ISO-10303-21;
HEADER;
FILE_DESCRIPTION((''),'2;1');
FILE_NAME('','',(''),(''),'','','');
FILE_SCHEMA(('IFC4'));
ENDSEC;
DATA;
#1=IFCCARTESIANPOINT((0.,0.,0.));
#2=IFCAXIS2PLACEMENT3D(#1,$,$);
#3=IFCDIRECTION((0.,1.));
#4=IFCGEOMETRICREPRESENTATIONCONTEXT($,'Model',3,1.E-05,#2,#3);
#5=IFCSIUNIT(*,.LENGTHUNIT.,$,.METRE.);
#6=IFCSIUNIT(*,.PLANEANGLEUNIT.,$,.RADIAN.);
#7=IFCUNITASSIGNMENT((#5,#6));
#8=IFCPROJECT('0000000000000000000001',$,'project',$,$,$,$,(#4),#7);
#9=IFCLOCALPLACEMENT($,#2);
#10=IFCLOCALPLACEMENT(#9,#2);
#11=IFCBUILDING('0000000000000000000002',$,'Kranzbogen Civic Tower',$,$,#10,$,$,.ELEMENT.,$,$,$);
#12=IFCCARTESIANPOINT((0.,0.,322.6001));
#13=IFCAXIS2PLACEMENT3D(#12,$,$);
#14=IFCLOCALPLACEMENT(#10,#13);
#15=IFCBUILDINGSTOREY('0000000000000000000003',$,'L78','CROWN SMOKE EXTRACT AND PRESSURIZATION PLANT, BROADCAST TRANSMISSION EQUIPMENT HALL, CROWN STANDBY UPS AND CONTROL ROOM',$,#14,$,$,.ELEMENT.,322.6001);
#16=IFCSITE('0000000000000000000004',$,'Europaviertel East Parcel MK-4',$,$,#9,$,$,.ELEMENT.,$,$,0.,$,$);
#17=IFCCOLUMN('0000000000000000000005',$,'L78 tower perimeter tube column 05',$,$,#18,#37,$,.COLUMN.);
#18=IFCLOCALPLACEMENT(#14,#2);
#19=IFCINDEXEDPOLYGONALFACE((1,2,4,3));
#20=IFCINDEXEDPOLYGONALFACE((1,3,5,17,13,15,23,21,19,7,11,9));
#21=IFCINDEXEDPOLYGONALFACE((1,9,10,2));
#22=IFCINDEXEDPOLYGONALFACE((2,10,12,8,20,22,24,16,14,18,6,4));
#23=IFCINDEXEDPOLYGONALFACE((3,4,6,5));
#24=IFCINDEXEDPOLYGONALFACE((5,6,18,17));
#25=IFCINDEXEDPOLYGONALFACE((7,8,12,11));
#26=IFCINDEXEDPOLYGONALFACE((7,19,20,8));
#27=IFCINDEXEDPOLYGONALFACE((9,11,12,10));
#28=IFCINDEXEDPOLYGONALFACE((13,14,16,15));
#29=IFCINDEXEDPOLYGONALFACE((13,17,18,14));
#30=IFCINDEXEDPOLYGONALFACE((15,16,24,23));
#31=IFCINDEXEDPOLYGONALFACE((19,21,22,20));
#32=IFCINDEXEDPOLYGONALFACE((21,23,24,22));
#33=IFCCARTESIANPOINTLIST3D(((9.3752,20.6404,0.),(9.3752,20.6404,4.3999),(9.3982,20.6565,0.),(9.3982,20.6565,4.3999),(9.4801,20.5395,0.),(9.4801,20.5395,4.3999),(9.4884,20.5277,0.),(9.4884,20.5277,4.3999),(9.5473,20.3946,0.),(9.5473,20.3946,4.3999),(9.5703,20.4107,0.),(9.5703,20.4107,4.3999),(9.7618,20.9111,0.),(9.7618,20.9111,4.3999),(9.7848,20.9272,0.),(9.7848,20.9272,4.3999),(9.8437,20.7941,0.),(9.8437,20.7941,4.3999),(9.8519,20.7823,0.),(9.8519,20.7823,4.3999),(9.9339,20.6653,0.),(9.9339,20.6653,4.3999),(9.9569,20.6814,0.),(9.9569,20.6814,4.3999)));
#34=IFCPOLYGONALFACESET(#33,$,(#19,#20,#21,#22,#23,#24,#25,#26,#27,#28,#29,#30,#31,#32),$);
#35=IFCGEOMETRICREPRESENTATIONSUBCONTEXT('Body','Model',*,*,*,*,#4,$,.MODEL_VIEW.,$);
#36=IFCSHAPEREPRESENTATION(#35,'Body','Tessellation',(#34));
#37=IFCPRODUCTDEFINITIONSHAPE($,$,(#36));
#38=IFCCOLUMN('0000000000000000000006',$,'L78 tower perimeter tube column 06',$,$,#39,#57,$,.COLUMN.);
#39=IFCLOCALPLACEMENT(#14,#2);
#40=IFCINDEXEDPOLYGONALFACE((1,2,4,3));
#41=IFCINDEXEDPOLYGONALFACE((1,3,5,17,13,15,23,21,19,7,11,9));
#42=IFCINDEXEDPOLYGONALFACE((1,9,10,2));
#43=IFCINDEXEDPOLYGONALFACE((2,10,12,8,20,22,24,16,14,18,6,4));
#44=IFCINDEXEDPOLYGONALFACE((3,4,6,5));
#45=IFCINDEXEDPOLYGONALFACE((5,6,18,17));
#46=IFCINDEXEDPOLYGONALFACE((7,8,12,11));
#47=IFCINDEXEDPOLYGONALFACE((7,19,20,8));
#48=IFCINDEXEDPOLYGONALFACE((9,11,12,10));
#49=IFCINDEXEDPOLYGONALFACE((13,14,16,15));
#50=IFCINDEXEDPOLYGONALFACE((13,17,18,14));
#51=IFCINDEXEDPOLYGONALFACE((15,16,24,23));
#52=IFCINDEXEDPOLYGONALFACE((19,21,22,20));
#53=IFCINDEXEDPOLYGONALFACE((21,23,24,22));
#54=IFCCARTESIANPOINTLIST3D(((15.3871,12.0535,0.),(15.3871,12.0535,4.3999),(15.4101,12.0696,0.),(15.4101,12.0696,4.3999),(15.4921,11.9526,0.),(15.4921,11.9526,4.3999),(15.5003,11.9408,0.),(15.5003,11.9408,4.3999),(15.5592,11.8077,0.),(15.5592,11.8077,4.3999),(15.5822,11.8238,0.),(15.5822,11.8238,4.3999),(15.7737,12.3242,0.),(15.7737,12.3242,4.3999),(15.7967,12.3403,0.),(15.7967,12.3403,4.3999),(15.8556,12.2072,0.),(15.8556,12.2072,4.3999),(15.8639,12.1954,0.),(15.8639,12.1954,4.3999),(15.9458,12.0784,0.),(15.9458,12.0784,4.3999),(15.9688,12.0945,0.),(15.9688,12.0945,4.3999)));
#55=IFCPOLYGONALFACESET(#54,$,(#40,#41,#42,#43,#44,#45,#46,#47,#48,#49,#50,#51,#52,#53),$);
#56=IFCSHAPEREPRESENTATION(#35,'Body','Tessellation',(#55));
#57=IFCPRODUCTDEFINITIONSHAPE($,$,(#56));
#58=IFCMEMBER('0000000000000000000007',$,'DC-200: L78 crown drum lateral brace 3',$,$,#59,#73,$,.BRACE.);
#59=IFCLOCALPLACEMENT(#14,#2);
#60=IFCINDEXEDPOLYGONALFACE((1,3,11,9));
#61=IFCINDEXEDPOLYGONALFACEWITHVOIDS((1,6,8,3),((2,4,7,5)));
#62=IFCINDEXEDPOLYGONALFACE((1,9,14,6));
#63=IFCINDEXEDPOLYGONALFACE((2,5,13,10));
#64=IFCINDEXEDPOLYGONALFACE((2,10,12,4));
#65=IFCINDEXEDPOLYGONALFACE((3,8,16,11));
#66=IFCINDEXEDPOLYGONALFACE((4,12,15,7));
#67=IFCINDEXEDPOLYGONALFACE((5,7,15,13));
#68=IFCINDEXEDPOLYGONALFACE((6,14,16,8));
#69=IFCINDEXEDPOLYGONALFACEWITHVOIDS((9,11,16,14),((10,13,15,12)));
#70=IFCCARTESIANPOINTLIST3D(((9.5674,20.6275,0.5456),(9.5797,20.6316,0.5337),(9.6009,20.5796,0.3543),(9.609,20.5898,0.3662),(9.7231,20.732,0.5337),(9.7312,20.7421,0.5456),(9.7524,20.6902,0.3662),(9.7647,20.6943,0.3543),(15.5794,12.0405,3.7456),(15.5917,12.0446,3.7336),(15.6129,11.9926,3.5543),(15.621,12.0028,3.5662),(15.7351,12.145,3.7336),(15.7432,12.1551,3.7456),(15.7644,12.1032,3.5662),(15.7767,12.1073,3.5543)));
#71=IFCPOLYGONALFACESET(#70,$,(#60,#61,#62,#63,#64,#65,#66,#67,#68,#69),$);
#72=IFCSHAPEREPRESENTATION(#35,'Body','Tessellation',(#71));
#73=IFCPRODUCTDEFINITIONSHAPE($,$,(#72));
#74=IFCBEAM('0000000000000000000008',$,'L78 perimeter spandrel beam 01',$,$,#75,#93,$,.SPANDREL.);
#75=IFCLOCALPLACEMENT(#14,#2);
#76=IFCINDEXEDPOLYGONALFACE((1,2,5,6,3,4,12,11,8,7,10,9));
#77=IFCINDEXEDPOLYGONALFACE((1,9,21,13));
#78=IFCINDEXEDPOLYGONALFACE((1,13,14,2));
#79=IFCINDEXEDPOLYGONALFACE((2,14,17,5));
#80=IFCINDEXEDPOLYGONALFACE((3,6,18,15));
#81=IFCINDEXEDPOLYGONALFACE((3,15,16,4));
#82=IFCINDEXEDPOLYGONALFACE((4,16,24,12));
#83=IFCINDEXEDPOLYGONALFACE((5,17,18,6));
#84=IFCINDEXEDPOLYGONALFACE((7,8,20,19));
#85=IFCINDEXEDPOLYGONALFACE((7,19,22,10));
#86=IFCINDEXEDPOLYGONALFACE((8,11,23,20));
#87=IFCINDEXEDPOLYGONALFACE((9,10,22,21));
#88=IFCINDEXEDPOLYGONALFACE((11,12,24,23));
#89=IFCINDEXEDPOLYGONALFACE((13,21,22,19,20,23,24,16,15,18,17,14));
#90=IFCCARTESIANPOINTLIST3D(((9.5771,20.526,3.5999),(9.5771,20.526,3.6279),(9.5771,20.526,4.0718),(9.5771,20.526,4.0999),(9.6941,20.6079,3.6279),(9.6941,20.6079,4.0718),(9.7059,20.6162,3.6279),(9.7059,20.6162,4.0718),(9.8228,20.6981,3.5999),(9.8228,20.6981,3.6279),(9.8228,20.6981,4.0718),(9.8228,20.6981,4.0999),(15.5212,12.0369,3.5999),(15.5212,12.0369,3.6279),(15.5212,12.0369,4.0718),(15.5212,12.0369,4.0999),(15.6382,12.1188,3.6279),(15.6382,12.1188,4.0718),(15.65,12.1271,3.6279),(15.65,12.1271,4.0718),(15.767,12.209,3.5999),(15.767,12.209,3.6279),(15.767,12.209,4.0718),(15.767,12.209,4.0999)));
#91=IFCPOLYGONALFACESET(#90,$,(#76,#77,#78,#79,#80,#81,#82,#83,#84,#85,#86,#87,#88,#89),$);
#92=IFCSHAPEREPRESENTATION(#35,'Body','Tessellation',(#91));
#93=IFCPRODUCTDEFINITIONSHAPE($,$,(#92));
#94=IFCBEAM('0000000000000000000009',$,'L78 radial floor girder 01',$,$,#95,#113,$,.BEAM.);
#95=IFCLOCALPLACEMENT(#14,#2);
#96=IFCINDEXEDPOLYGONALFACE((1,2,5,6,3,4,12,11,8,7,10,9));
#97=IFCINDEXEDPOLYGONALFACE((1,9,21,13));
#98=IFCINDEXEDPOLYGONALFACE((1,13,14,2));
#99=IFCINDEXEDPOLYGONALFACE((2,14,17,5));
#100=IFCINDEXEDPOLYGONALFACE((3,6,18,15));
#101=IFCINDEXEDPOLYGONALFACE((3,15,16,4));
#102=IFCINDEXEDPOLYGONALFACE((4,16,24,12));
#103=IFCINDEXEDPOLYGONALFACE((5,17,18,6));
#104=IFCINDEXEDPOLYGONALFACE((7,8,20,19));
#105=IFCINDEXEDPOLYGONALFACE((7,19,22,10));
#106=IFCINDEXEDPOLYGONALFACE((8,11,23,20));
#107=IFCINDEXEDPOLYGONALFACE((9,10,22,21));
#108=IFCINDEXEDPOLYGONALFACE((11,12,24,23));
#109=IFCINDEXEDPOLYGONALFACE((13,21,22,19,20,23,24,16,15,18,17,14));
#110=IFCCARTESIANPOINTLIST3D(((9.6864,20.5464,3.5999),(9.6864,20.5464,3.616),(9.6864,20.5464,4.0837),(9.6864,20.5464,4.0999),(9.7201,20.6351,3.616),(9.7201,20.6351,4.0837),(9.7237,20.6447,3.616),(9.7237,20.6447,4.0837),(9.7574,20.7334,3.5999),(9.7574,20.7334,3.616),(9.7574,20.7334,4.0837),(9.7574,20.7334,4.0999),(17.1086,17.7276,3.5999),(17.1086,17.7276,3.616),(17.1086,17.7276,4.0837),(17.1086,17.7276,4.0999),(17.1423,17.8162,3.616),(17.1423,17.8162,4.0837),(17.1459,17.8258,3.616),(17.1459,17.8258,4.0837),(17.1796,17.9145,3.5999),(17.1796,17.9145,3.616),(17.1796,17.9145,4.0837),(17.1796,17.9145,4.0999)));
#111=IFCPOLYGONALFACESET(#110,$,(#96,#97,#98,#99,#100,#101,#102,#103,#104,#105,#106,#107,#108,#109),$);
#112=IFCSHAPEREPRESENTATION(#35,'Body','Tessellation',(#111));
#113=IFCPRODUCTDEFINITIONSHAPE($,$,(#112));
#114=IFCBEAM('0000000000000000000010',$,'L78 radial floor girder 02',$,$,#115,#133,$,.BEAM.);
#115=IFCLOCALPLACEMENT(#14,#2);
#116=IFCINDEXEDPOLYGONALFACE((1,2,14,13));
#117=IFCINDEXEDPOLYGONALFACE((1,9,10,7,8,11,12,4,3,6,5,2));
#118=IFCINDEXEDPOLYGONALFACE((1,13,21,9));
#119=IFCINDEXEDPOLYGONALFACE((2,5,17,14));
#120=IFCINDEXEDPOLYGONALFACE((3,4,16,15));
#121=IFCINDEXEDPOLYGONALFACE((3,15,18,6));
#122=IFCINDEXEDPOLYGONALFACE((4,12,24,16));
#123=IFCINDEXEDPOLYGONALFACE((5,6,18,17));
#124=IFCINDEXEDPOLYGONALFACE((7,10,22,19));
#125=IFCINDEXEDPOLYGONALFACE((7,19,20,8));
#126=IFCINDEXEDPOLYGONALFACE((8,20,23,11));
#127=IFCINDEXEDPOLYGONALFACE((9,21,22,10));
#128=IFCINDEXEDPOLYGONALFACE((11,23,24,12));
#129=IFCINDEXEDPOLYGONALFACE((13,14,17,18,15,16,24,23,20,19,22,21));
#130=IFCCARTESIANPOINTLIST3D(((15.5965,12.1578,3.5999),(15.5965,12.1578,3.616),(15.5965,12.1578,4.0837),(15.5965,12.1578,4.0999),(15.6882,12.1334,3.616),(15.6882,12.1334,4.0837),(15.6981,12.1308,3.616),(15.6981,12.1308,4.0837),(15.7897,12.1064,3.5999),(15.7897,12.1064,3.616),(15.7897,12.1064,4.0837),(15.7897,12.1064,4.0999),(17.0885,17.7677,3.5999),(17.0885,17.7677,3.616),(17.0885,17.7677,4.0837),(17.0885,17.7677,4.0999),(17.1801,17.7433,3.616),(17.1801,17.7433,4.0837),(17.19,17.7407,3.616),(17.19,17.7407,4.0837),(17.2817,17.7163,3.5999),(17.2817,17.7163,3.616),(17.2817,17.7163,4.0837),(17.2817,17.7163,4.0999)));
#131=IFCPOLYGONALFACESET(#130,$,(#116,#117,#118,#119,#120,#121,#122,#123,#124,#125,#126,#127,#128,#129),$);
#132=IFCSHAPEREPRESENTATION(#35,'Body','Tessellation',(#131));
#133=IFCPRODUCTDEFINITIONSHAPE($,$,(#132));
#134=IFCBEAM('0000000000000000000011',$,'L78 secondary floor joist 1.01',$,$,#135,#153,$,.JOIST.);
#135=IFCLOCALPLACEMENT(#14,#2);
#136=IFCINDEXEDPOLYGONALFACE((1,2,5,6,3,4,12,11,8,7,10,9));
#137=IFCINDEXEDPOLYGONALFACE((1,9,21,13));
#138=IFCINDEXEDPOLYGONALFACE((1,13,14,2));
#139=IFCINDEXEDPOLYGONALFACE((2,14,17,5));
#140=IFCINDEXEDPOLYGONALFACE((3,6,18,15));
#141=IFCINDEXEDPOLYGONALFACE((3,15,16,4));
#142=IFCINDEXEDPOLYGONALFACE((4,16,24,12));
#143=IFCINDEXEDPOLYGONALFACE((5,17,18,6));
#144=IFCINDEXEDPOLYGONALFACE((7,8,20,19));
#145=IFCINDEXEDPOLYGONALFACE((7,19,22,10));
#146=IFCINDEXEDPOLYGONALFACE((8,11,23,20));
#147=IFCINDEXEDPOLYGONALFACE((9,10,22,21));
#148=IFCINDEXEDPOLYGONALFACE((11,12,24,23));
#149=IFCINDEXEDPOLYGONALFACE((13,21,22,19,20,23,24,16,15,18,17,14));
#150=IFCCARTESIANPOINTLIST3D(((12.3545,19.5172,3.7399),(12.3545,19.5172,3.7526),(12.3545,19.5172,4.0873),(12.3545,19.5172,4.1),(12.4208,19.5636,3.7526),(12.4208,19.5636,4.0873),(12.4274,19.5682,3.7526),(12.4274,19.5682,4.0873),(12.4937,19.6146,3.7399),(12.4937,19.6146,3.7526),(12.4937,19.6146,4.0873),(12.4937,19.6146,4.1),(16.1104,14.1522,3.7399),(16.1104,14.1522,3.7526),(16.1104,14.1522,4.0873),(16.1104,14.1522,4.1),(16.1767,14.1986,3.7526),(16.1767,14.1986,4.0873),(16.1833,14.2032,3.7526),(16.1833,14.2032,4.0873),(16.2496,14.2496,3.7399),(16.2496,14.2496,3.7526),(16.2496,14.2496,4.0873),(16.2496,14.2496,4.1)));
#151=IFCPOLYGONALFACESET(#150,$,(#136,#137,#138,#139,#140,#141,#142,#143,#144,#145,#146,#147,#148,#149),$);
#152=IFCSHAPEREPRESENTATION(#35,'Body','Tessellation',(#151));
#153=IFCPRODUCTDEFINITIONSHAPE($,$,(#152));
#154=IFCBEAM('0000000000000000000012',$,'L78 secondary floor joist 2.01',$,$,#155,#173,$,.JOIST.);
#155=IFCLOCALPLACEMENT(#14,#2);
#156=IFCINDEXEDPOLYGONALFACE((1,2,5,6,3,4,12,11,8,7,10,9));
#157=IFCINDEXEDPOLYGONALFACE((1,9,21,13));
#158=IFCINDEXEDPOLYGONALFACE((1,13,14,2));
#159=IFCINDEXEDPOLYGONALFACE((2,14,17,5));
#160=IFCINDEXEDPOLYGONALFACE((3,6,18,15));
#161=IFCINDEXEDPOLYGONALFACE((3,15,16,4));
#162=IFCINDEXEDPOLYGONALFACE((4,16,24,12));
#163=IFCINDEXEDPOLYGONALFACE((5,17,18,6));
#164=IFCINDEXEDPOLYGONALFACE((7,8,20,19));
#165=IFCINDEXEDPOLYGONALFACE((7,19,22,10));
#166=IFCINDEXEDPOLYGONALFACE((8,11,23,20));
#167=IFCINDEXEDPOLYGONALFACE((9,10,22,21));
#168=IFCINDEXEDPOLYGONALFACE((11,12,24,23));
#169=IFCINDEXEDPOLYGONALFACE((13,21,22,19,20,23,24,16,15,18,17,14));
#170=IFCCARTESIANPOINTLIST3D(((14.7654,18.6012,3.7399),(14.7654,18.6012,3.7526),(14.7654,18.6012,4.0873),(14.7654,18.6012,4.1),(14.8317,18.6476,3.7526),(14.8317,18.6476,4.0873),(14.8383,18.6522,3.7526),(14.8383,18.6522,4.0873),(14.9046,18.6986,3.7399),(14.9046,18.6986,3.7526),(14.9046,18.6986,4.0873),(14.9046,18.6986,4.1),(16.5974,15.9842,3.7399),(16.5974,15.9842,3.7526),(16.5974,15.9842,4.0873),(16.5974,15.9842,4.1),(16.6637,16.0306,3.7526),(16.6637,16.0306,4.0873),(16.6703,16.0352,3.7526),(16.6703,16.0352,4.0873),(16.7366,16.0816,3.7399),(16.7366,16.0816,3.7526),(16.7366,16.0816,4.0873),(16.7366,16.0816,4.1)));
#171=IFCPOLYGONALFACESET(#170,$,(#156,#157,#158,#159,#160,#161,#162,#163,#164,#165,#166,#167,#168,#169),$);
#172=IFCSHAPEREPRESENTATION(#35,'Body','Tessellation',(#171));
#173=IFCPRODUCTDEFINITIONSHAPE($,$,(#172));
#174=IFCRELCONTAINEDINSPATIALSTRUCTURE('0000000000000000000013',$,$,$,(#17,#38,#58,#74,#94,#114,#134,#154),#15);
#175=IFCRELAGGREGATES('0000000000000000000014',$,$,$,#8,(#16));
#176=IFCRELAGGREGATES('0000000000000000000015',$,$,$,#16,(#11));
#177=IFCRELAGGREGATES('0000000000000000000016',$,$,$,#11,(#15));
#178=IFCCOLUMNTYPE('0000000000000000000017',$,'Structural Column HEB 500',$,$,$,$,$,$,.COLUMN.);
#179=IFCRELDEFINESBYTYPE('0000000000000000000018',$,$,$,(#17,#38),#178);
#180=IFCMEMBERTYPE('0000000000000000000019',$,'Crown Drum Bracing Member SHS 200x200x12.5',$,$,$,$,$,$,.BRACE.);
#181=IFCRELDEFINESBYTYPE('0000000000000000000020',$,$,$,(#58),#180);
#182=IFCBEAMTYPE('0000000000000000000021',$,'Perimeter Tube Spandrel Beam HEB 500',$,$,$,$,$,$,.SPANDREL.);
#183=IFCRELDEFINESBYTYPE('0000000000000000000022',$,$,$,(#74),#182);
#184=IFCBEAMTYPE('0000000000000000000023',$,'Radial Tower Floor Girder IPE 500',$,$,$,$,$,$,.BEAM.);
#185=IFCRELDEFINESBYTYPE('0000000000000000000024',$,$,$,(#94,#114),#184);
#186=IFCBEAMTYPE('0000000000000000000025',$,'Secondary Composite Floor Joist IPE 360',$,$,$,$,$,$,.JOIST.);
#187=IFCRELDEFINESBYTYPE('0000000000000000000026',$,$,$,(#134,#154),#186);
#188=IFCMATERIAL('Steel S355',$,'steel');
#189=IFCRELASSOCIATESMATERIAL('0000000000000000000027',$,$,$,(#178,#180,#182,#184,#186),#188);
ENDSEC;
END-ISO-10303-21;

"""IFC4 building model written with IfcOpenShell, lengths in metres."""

from ifc_helpers import new_model, si_unit, direction, frame, origin, origin_2d, place, context, subcontext, project, spatial, hollow_rectangle, i_section, extrude, material, material_profile, profile_set, type_object, element, save


model = new_model("IFC4")

# Units and contexts
model_context = context("Model", 3, precision=1e-05, world=origin(), true_north=direction((0.0, 1.0)))
body_context = subcontext(model_context, "Body", "Model", "MODEL_VIEW")
ifc_project = project(units=[si_unit("LENGTHUNIT", "METRE"), si_unit("PLANEANGLEUNIT", "RADIAN")], contexts=[model_context])

# Site, building, storey
site_placement = place(None, origin())
site = spatial("IfcSite", under=ifc_project, at=site_placement, Name="Europaviertel East Parcel MK-4", CompositionType="ELEMENT", RefElevation=0.0)
building_placement = place(site_placement, origin())
building = spatial("IfcBuilding", under=site, at=building_placement, Name="Kranzbogen Civic Tower", CompositionType="ELEMENT")
storey_placement = place(building_placement, frame((0.0, 0.0, 322.6001)))
storey = spatial("IfcBuildingStorey", under=building, at=storey_placement, Name="L78", Description="CROWN SMOKE EXTRACT AND PRESSURIZATION PLANT, BROADCAST TRANSMISSION EQUIPMENT HALL, CROWN STANDBY UPS AND CONTROL ROOM", CompositionType="ELEMENT", Elevation=322.6001)

# Columns
ifc_material_1 = material(Name="Steel S355", Category="steel")
ifc_material_profile_1 = material_profile(ifc_material_1, i_section(OverallWidth=0.3, OverallDepth=0.5, WebThickness=0.0144, FlangeThickness=0.0281, at=origin_2d()), Name="HEB 500")
ifc_profile_set_1 = profile_set([ifc_material_profile_1], Name="Steel S355")
column_type = type_object("IfcColumnType", Name="Structural Column HEB 500", PredefinedType="COLUMN", material=ifc_profile_set_1)
for number, where, z_axis, x_axis, name in (
    (1, (9.666, 20.6609, 0.0), (0.0, 0.0, 1.0), (-0.573576, 0.819152, 0.0), "L78 tower perimeter tube column 05"),
    (2, (15.678, 12.074, 0.0), (0.0, 0.0, 1.0), (-0.573576, 0.819152, 0.0), "L78 tower perimeter tube column 06"),
):
    element("IfcColumn", number, at=place(storey_placement, frame(where, z_axis=z_axis, x_axis=x_axis)), inside=storey, type_object=column_type, Name=name, PredefinedType="COLUMN", context=body_context, shape_type="SweptSolid", body=[
        extrude(i_section(OverallWidth=0.3, OverallDepth=0.5, WebThickness=0.0144, FlangeThickness=0.0281, at=origin_2d()), origin(), (0.0, 0.0, 1.0), 4.3999),
    ])

# Member
ifc_material_profile_2 = material_profile(ifc_material_1, hollow_rectangle(XDim=0.2, YDim=0.2, WallThickness=0.0125, at=origin_2d()), Name="SHS 200x200x12.5")
ifc_profile_set_2 = profile_set([ifc_material_profile_2], Name="Steel S355")
member_type = type_object("IfcMemberType", Name="Crown Drum Bracing Member SHS 200x200x12.5", PredefinedType="BRACE", material=ifc_profile_set_2)
member_placement = place(storey_placement, frame((9.666, 20.6609, 0.45), z_axis=(0.548544, -0.783488, 0.29197), x_axis=(0.819182, 0.573534, 0.0)))
element("IfcMember", 3, at=member_placement, inside=storey, type_object=member_type, Name="DC-200: L78 crown drum lateral brace 3", PredefinedType="BRACE", context=body_context, shape_type="SweptSolid", body=[
    extrude(hollow_rectangle(XDim=0.2, YDim=0.2, WallThickness=0.0125, at=origin_2d()), origin(), (0.0, 0.0, 1.0), 10.96),
])

# Beams
ifc_material_profile_3 = material_profile(ifc_material_1, i_section(OverallWidth=0.3, OverallDepth=0.5, WebThickness=0.0144, FlangeThickness=0.0281, at=origin_2d()), Name="HEB 500")
ifc_profile_set_3 = profile_set([ifc_material_profile_3], Name="Steel S355")
beam_type_1 = type_object("IfcBeamType", Name="Perimeter Tube Spandrel Beam HEB 500", PredefinedType="SPANDREL", material=ifc_profile_set_3)
beam_1_placement = place(storey_placement, frame((9.7, 20.6121, 3.8499), z_axis=(0.573578, -0.819151, 0.0), x_axis=(0.819151, 0.573578, 0.0)))
element("IfcBeam", 4, at=beam_1_placement, inside=storey, type_object=beam_type_1, Name="L78 perimeter spandrel beam 01", PredefinedType="SPANDREL", context=body_context, shape_type="SweptSolid", body=[
    extrude(i_section(OverallWidth=0.3, OverallDepth=0.5, WebThickness=0.0144, FlangeThickness=0.0281, at=origin_2d()), origin(), (0.0, 0.0, 1.0), 10.3633),
])
ifc_material_profile_4 = material_profile(ifc_material_1, i_section(OverallWidth=0.2, OverallDepth=0.5, WebThickness=0.0103, FlangeThickness=0.0161, at=origin_2d()), Name="IPE 500")
ifc_profile_set_4 = profile_set([ifc_material_profile_4], Name="Steel S355")
beam_type_2 = type_object("IfcBeamType", Name="Radial Tower Floor Girder IPE 500", PredefinedType="BEAM", material=ifc_profile_set_4)
beam_2_placement = place(storey_placement, frame((9.7219, 20.6399, 3.8499), z_axis=(0.934849, -0.355046, 0.0), x_axis=(0.355046, 0.934849, 0.0)))
element("IfcBeam", 5, at=beam_2_placement, inside=storey, type_object=beam_type_2, Name="L78 radial floor girder 01", PredefinedType="BEAM", context=body_context, shape_type="SweptSolid", body=[
    extrude(i_section(OverallWidth=0.2, OverallDepth=0.5, WebThickness=0.0103, FlangeThickness=0.0161, at=origin_2d()), origin(), (0.0, 0.0, 1.0), 7.9395),
])
beam_3_placement = place(storey_placement, frame((15.6931, 12.1321, 3.8499), z_axis=(0.257016, 0.966407, 0.0), x_axis=(-0.966407, 0.257016, 0.0)))
element("IfcBeam", 6, at=beam_3_placement, inside=storey, type_object=beam_type_2, Name="L78 radial floor girder 02", PredefinedType="BEAM", context=body_context, shape_type="SweptSolid", body=[
    extrude(i_section(OverallWidth=0.2, OverallDepth=0.5, WebThickness=0.0103, FlangeThickness=0.0161, at=origin_2d()), origin(), (0.0, 0.0, 1.0), 5.8049),
])
ifc_material_profile_5 = material_profile(ifc_material_1, i_section(OverallWidth=0.1699, OverallDepth=0.3601, WebThickness=0.0081, FlangeThickness=0.0127, at=origin_2d()), Name="IPE 360")
ifc_profile_set_5 = profile_set([ifc_material_profile_5], Name="Steel S355")
beam_type_3 = type_object("IfcBeamType", Name="Secondary Composite Floor Joist IPE 360", PredefinedType="JOIST", material=ifc_profile_set_5)
beam_4_placement = place(storey_placement, frame((12.4241, 19.5659, 3.9199), z_axis=(0.5735, -0.819206, 0.0), x_axis=(0.819206, 0.5735, 0.0)))
element("IfcBeam", 7, at=beam_4_placement, inside=storey, type_object=beam_type_3, Name="L78 secondary floor joist 1.01", PredefinedType="JOIST", context=body_context, shape_type="SweptSolid", body=[
    extrude(i_section(OverallWidth=0.1699, OverallDepth=0.3601, WebThickness=0.0081, FlangeThickness=0.0127, at=origin_2d()), origin(), (0.0, 0.0, 1.0), 6.5491),
])
beam_5_placement = place(storey_placement, frame((14.835, 18.6499, 3.9199), z_axis=(0.573498, -0.819207, 0.0), x_axis=(0.819207, 0.573498, 0.0)))
element("IfcBeam", 8, at=beam_5_placement, inside=storey, type_object=beam_type_3, Name="L78 secondary floor joist 2.01", PredefinedType="JOIST", context=body_context, shape_type="SweptSolid", body=[
    extrude(i_section(OverallWidth=0.1699, OverallDepth=0.3601, WebThickness=0.0081, FlangeThickness=0.0127, at=origin_2d()), origin(), (0.0, 0.0, 1.0), 3.1946),
])

save(model, "model.ifc")
